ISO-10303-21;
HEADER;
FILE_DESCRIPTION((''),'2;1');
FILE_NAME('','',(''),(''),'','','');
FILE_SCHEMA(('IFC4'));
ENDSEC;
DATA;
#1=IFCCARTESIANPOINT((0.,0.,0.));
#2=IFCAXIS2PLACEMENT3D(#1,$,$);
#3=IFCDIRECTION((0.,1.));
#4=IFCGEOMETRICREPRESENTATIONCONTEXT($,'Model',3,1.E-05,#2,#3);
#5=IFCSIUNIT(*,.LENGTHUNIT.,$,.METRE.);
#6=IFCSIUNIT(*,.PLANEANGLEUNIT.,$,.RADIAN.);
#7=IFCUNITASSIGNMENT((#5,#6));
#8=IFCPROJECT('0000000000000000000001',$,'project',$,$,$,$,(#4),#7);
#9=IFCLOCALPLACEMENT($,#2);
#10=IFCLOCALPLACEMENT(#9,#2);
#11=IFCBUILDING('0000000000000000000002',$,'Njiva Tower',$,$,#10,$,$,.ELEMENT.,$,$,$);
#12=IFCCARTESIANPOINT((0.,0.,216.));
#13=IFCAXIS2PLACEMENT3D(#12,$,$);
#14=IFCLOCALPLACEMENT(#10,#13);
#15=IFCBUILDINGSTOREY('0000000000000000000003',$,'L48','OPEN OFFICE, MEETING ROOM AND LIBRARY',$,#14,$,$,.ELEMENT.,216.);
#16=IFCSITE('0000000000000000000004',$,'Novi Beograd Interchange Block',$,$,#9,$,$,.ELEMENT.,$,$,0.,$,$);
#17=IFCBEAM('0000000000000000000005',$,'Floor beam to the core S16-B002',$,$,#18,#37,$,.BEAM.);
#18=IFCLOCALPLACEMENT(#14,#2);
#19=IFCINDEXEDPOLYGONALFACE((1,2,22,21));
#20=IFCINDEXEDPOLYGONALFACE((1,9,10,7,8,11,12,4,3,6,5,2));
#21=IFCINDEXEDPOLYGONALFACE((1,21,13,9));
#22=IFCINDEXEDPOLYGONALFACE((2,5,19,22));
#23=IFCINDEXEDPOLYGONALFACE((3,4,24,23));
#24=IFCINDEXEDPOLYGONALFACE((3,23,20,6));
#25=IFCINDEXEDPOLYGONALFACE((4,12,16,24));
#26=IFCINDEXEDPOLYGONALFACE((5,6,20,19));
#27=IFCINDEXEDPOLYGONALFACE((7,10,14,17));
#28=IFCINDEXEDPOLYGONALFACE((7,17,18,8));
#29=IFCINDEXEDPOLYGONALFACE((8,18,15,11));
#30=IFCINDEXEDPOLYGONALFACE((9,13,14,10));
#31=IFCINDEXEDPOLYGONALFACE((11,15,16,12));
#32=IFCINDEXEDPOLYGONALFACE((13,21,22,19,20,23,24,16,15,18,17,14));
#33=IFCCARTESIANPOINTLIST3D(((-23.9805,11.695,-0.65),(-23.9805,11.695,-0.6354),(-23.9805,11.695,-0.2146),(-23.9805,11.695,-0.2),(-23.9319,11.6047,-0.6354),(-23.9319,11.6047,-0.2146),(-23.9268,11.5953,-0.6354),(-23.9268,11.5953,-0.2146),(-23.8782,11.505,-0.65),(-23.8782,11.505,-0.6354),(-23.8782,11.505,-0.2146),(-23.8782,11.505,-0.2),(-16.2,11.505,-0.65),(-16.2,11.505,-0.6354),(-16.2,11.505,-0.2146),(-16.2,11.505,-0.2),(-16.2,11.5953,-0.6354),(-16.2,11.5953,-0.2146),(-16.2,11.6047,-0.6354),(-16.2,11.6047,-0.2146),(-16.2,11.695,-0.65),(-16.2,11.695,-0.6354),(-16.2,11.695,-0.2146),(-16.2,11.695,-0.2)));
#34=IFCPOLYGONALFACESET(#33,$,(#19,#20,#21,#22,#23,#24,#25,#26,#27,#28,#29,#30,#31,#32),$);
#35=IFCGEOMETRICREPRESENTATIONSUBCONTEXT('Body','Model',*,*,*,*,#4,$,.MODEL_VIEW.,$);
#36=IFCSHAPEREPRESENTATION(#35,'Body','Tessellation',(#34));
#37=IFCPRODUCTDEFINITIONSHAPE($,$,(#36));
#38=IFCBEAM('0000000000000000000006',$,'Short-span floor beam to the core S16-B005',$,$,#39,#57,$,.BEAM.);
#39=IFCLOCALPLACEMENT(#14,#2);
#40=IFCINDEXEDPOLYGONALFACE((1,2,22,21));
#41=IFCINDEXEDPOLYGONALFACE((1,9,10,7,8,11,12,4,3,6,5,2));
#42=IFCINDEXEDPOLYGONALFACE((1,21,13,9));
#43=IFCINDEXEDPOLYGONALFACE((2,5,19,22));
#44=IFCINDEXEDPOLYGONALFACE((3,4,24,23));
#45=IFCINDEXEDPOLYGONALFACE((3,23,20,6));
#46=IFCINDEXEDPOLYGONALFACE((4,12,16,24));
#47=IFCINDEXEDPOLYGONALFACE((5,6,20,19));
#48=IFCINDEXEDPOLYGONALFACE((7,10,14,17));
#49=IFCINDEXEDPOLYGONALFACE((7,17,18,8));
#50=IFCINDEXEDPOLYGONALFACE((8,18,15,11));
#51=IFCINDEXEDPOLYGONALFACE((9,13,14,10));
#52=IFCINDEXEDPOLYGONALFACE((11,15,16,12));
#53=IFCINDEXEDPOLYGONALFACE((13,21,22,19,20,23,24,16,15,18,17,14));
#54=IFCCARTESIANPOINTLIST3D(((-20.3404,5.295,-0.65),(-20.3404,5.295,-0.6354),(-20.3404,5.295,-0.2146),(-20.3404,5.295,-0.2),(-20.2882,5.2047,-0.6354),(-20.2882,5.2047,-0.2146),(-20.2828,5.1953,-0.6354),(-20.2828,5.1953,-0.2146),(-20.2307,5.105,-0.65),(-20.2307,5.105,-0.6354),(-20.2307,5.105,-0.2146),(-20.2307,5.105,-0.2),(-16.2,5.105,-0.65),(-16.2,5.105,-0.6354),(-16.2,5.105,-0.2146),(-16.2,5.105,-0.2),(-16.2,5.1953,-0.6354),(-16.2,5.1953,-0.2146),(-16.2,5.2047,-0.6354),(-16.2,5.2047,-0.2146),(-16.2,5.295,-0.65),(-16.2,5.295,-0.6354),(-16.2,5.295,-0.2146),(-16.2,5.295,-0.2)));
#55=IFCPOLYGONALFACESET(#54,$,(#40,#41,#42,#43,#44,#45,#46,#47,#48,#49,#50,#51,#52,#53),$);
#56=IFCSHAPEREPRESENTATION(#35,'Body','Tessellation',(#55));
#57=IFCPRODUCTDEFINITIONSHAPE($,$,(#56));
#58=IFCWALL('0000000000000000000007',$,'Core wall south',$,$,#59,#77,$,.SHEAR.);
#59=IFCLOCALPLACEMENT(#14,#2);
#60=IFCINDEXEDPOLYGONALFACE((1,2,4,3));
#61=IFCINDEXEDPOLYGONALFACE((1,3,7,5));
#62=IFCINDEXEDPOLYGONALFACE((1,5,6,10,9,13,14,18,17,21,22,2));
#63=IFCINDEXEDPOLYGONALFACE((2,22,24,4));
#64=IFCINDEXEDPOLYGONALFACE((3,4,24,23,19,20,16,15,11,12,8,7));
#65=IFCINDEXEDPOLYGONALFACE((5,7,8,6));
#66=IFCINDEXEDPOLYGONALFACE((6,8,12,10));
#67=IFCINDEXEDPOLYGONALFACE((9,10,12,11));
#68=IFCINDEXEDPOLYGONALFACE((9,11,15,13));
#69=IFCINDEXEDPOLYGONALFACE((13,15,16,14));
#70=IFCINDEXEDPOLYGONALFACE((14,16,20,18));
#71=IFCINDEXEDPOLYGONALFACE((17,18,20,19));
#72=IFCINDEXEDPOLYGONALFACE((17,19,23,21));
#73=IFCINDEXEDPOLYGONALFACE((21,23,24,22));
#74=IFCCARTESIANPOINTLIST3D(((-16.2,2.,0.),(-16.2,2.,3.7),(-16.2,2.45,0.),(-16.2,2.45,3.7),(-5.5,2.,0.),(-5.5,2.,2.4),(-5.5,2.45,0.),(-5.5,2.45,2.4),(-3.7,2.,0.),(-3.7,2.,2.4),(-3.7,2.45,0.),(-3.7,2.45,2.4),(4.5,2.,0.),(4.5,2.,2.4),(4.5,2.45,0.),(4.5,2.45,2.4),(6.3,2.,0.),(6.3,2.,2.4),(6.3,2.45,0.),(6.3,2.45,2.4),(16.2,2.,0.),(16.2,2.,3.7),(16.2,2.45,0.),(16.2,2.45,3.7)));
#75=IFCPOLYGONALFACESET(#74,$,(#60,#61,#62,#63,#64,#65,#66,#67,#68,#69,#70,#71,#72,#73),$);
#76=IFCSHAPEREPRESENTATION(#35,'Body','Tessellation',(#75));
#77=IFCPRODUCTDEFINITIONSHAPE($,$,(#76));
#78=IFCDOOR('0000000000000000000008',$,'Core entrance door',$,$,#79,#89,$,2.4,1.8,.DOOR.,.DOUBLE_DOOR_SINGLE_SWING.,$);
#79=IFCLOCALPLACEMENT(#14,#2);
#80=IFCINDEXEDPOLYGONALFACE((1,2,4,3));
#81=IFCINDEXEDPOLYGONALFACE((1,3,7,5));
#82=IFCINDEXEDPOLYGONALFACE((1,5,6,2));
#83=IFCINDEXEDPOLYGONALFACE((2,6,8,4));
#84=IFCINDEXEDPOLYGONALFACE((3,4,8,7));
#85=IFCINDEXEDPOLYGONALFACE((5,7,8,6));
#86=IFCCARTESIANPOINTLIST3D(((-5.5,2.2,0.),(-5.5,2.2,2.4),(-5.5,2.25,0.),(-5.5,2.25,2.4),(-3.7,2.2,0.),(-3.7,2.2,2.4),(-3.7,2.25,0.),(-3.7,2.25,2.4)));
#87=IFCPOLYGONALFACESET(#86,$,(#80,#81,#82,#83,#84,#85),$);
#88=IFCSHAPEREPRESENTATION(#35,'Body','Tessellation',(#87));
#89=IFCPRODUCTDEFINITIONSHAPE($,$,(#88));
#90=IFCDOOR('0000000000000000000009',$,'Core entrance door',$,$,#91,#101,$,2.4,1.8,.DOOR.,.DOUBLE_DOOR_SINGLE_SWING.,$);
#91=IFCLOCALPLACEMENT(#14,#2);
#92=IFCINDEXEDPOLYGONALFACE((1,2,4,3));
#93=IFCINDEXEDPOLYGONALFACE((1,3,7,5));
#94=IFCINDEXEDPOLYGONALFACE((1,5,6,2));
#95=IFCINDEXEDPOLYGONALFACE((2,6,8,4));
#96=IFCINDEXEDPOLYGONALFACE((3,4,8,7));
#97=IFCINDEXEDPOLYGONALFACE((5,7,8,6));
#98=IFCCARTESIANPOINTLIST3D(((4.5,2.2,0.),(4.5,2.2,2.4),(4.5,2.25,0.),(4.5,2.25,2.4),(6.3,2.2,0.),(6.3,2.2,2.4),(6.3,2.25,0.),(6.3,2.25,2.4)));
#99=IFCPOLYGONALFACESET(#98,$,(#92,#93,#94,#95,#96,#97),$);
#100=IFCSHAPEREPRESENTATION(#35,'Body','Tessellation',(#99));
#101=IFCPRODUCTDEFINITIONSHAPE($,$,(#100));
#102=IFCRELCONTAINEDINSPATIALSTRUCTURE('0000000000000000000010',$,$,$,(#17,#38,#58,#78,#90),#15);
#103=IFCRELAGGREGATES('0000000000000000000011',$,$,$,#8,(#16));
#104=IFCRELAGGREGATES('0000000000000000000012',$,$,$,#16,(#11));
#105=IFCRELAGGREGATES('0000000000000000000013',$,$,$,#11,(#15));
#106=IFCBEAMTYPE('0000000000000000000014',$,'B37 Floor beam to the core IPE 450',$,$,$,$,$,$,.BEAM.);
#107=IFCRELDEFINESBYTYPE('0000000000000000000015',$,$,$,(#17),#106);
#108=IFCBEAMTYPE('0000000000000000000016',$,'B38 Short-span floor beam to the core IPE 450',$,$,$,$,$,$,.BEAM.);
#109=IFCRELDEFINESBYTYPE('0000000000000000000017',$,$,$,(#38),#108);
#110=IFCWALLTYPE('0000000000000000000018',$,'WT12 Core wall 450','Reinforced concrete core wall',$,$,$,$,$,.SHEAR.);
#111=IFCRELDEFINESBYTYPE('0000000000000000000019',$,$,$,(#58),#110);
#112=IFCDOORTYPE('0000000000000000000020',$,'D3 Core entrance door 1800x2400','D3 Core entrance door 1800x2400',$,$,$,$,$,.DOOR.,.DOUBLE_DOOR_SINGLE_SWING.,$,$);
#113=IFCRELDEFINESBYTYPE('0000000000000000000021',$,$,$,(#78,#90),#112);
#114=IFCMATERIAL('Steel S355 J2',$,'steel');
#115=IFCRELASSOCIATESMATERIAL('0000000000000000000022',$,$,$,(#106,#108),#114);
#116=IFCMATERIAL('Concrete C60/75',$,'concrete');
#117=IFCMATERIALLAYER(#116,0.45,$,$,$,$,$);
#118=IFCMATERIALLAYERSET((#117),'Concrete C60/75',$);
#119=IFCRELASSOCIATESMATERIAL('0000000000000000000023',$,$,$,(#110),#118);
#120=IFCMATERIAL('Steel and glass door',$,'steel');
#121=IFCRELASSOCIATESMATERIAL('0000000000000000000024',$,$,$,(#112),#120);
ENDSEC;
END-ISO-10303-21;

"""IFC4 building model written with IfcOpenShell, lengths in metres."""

from ifc_helpers import new_model, si_unit, direction, frame, frame_2d, origin, origin_2d, place, context, subcontext, project, spatial, rectangle, i_section, extrude, clip, halfspace, material, layer, layer_set, material_profile, profile_set, type_object, element, fill, save


model = new_model("IFC4")

# Units and contexts
model_context = context("Model", 3, precision=1e-05, world=origin(), true_north=direction((0.0, 1.0)))
body_context = subcontext(model_context, "Body", "Model", "MODEL_VIEW")
ifc_project = project(units=[si_unit("LENGTHUNIT", "METRE"), si_unit("PLANEANGLEUNIT", "RADIAN")], contexts=[model_context])

# Site, building, storey
site_placement = place(None, origin())
site = spatial("IfcSite", under=ifc_project, at=site_placement, Name="Novi Beograd Interchange Block", CompositionType="ELEMENT", RefElevation=0.0)
building_placement = place(site_placement, origin())
building = spatial("IfcBuilding", under=site, at=building_placement, Name="Njiva Tower", CompositionType="ELEMENT")
storey_placement = place(building_placement, frame((0.0, 0.0, 216.0)))
storey = spatial("IfcBuildingStorey", under=building, at=storey_placement, Name="L48", Description="OPEN OFFICE, MEETING ROOM AND LIBRARY", CompositionType="ELEMENT", Elevation=216.0)

# Shared definitions
ifc_material_1 = material(Name="Steel S355 J2", Category="steel")

# Beams
ifc_material_profile_1 = material_profile(ifc_material_1, i_section(OverallWidth=0.19, OverallDepth=0.45, WebThickness=0.0094, FlangeThickness=0.0146, at=origin_2d()), Name="IPE 450")
ifc_profile_set_1 = profile_set([ifc_material_profile_1], Name="Steel S355 J2")
beam_type_1 = type_object("IfcBeamType", Name="B37 Floor beam to the core IPE 450", PredefinedType="BEAM", material=ifc_profile_set_1)
beam_1_placement = place(storey_placement, frame((-24.0, 11.6, -0.425), z_axis=(1.0, 0.0, 0.0), x_axis=(0.0, 1.0, 0.0)))
element("IfcBeam", 1, at=beam_1_placement, inside=storey, type_object=beam_type_1, Name="Floor beam to the core S16-B002", PredefinedType="BEAM", context=body_context, shape_type="Clipping", body=[
    clip(extrude(i_section(OverallWidth=0.19, OverallDepth=0.45, WebThickness=0.0094, FlangeThickness=0.0146, at=origin_2d()), origin(), (0.0, 0.0, 1.0), 7.8), halfspace(frame((-0.0237, 0.0, 0.0834), z_axis=(-0.473777, 0.0, -0.880645), x_axis=(0.0, -1.0, 0.0)), False)),
])
ifc_material_profile_2 = material_profile(ifc_material_1, i_section(OverallWidth=0.19, OverallDepth=0.45, WebThickness=0.0094, FlangeThickness=0.0146, at=origin_2d()), Name="IPE 450")
ifc_profile_set_2 = profile_set([ifc_material_profile_2], Name="Steel S355 J2")
beam_type_2 = type_object("IfcBeamType", Name="B38 Short-span floor beam to the core IPE 450", PredefinedType="BEAM", material=ifc_profile_set_2)
beam_2_placement = place(storey_placement, frame((-20.361, 5.2, -0.425), z_axis=(1.0, 0.0, 0.0), x_axis=(0.0, 1.0, 0.0)))
element("IfcBeam", 2, at=beam_2_placement, inside=storey, type_object=beam_type_2, Name="Short-span floor beam to the core S16-B005", PredefinedType="BEAM", context=body_context, shape_type="Clipping", body=[
    clip(extrude(i_section(OverallWidth=0.19, OverallDepth=0.45, WebThickness=0.0094, FlangeThickness=0.0146, at=origin_2d()), origin(), (0.0, 0.0, 1.0), 4.161), halfspace(frame((-0.025, 0.0, 0.0899), z_axis=(-0.499998, 0.0, -0.866027), x_axis=(0.0, -1.0, 0.0)), False)),
])

# Wall, openings, doors
ifc_material_2 = material(Name="Concrete C60/75", Category="concrete")
ifc_layer_1 = layer(ifc_material_2, 0.45)
ifc_layer_set_1 = layer_set([ifc_layer_1], Name="Concrete C60/75")
wall_type_1 = type_object("IfcWallType", Name="WT12 Core wall 450", Description="Reinforced concrete core wall", PredefinedType="SHEAR", material=ifc_layer_set_1)
wall_1_placement = place(storey_placement, frame((-16.2, 2.225, 0.0), z_axis=(0.0, 0.0, 1.0), x_axis=(1.0, 0.0, 0.0)))
wall_1 = element("IfcWall", 3, at=wall_1_placement, inside=storey, type_object=wall_type_1, Name="Core wall south", PredefinedType="SHEAR", context=body_context, shape_type="SweptSolid", body=[
    extrude(rectangle(XDim=32.4, YDim=0.45, at=frame_2d((16.2, 0.0))), origin(), (0.0, 0.0, 1.0), 3.7),
])
opening_1_placement = place(wall_1_placement, frame((10.7, 0.0, 0.0)))
opening_1 = element("IfcOpeningElement", 4, at=opening_1_placement, cuts=wall_1, PredefinedType="OPENING", context=body_context, shape_type="SweptSolid", body=[
    extrude(rectangle(XDim=1.8, YDim=2.4, at=frame_2d((0.9, 1.2))), frame((0.0, 0.235, 0.0), z_axis=(0.0, -1.0, 0.0), x_axis=(1.0, 0.0, 0.0)), (0.0, 0.0, 1.0), 0.47),
])
opening_2_placement = place(wall_1_placement, frame((20.7, 0.0, 0.0)))
opening_2 = element("IfcOpeningElement", 5, at=opening_2_placement, cuts=wall_1, PredefinedType="OPENING", context=body_context, shape_type="SweptSolid", body=[
    extrude(rectangle(XDim=1.8, YDim=2.4, at=frame_2d((0.9, 1.2))), frame((0.0, 0.235, 0.0), z_axis=(0.0, -1.0, 0.0), x_axis=(1.0, 0.0, 0.0)), (0.0, 0.0, 1.0), 0.47),
])
ifc_material_3 = material(Name="Steel and glass door", Category="steel")
door_type_1 = type_object("IfcDoorType", Name="D3 Core entrance door 1800x2400", Description="D3 Core entrance door 1800x2400", OperationType="DOUBLE_DOOR_SINGLE_SWING", PredefinedType="DOOR", material=ifc_material_3)
door_1_placement = place(opening_1_placement, origin())
door_1 = element("IfcDoor", 6, at=door_1_placement, inside=storey, type_object=door_type_1, Name="Core entrance door", OperationType="DOUBLE_DOOR_SINGLE_SWING", OverallHeight=2.4, OverallWidth=1.8, PredefinedType="DOOR", context=body_context, shape_type="SweptSolid", body=[
    extrude(rectangle(XDim=1.8, YDim=2.4, at=frame_2d((0.9, 1.2))), frame((0.0, 0.025, 0.0), z_axis=(0.0, -1.0, 0.0), x_axis=(1.0, 0.0, 0.0)), (0.0, 0.0, 1.0), 0.05),
])
fill(opening_1, door_1)
door_2_placement = place(opening_2_placement, origin())
door_2 = element("IfcDoor", 7, at=door_2_placement, inside=storey, type_object=door_type_1, Name="Core entrance door", OperationType="DOUBLE_DOOR_SINGLE_SWING", OverallHeight=2.4, OverallWidth=1.8, PredefinedType="DOOR", context=body_context, shape_type="SweptSolid", body=[
    extrude(rectangle(XDim=1.8, YDim=2.4, at=frame_2d((0.9, 1.2))), frame((0.0, 0.025, 0.0), z_axis=(0.0, -1.0, 0.0), x_axis=(1.0, 0.0, 0.0)), (0.0, 0.0, 1.0), 0.05),
])
fill(opening_2, door_2)

save(model, "model.ifc")
